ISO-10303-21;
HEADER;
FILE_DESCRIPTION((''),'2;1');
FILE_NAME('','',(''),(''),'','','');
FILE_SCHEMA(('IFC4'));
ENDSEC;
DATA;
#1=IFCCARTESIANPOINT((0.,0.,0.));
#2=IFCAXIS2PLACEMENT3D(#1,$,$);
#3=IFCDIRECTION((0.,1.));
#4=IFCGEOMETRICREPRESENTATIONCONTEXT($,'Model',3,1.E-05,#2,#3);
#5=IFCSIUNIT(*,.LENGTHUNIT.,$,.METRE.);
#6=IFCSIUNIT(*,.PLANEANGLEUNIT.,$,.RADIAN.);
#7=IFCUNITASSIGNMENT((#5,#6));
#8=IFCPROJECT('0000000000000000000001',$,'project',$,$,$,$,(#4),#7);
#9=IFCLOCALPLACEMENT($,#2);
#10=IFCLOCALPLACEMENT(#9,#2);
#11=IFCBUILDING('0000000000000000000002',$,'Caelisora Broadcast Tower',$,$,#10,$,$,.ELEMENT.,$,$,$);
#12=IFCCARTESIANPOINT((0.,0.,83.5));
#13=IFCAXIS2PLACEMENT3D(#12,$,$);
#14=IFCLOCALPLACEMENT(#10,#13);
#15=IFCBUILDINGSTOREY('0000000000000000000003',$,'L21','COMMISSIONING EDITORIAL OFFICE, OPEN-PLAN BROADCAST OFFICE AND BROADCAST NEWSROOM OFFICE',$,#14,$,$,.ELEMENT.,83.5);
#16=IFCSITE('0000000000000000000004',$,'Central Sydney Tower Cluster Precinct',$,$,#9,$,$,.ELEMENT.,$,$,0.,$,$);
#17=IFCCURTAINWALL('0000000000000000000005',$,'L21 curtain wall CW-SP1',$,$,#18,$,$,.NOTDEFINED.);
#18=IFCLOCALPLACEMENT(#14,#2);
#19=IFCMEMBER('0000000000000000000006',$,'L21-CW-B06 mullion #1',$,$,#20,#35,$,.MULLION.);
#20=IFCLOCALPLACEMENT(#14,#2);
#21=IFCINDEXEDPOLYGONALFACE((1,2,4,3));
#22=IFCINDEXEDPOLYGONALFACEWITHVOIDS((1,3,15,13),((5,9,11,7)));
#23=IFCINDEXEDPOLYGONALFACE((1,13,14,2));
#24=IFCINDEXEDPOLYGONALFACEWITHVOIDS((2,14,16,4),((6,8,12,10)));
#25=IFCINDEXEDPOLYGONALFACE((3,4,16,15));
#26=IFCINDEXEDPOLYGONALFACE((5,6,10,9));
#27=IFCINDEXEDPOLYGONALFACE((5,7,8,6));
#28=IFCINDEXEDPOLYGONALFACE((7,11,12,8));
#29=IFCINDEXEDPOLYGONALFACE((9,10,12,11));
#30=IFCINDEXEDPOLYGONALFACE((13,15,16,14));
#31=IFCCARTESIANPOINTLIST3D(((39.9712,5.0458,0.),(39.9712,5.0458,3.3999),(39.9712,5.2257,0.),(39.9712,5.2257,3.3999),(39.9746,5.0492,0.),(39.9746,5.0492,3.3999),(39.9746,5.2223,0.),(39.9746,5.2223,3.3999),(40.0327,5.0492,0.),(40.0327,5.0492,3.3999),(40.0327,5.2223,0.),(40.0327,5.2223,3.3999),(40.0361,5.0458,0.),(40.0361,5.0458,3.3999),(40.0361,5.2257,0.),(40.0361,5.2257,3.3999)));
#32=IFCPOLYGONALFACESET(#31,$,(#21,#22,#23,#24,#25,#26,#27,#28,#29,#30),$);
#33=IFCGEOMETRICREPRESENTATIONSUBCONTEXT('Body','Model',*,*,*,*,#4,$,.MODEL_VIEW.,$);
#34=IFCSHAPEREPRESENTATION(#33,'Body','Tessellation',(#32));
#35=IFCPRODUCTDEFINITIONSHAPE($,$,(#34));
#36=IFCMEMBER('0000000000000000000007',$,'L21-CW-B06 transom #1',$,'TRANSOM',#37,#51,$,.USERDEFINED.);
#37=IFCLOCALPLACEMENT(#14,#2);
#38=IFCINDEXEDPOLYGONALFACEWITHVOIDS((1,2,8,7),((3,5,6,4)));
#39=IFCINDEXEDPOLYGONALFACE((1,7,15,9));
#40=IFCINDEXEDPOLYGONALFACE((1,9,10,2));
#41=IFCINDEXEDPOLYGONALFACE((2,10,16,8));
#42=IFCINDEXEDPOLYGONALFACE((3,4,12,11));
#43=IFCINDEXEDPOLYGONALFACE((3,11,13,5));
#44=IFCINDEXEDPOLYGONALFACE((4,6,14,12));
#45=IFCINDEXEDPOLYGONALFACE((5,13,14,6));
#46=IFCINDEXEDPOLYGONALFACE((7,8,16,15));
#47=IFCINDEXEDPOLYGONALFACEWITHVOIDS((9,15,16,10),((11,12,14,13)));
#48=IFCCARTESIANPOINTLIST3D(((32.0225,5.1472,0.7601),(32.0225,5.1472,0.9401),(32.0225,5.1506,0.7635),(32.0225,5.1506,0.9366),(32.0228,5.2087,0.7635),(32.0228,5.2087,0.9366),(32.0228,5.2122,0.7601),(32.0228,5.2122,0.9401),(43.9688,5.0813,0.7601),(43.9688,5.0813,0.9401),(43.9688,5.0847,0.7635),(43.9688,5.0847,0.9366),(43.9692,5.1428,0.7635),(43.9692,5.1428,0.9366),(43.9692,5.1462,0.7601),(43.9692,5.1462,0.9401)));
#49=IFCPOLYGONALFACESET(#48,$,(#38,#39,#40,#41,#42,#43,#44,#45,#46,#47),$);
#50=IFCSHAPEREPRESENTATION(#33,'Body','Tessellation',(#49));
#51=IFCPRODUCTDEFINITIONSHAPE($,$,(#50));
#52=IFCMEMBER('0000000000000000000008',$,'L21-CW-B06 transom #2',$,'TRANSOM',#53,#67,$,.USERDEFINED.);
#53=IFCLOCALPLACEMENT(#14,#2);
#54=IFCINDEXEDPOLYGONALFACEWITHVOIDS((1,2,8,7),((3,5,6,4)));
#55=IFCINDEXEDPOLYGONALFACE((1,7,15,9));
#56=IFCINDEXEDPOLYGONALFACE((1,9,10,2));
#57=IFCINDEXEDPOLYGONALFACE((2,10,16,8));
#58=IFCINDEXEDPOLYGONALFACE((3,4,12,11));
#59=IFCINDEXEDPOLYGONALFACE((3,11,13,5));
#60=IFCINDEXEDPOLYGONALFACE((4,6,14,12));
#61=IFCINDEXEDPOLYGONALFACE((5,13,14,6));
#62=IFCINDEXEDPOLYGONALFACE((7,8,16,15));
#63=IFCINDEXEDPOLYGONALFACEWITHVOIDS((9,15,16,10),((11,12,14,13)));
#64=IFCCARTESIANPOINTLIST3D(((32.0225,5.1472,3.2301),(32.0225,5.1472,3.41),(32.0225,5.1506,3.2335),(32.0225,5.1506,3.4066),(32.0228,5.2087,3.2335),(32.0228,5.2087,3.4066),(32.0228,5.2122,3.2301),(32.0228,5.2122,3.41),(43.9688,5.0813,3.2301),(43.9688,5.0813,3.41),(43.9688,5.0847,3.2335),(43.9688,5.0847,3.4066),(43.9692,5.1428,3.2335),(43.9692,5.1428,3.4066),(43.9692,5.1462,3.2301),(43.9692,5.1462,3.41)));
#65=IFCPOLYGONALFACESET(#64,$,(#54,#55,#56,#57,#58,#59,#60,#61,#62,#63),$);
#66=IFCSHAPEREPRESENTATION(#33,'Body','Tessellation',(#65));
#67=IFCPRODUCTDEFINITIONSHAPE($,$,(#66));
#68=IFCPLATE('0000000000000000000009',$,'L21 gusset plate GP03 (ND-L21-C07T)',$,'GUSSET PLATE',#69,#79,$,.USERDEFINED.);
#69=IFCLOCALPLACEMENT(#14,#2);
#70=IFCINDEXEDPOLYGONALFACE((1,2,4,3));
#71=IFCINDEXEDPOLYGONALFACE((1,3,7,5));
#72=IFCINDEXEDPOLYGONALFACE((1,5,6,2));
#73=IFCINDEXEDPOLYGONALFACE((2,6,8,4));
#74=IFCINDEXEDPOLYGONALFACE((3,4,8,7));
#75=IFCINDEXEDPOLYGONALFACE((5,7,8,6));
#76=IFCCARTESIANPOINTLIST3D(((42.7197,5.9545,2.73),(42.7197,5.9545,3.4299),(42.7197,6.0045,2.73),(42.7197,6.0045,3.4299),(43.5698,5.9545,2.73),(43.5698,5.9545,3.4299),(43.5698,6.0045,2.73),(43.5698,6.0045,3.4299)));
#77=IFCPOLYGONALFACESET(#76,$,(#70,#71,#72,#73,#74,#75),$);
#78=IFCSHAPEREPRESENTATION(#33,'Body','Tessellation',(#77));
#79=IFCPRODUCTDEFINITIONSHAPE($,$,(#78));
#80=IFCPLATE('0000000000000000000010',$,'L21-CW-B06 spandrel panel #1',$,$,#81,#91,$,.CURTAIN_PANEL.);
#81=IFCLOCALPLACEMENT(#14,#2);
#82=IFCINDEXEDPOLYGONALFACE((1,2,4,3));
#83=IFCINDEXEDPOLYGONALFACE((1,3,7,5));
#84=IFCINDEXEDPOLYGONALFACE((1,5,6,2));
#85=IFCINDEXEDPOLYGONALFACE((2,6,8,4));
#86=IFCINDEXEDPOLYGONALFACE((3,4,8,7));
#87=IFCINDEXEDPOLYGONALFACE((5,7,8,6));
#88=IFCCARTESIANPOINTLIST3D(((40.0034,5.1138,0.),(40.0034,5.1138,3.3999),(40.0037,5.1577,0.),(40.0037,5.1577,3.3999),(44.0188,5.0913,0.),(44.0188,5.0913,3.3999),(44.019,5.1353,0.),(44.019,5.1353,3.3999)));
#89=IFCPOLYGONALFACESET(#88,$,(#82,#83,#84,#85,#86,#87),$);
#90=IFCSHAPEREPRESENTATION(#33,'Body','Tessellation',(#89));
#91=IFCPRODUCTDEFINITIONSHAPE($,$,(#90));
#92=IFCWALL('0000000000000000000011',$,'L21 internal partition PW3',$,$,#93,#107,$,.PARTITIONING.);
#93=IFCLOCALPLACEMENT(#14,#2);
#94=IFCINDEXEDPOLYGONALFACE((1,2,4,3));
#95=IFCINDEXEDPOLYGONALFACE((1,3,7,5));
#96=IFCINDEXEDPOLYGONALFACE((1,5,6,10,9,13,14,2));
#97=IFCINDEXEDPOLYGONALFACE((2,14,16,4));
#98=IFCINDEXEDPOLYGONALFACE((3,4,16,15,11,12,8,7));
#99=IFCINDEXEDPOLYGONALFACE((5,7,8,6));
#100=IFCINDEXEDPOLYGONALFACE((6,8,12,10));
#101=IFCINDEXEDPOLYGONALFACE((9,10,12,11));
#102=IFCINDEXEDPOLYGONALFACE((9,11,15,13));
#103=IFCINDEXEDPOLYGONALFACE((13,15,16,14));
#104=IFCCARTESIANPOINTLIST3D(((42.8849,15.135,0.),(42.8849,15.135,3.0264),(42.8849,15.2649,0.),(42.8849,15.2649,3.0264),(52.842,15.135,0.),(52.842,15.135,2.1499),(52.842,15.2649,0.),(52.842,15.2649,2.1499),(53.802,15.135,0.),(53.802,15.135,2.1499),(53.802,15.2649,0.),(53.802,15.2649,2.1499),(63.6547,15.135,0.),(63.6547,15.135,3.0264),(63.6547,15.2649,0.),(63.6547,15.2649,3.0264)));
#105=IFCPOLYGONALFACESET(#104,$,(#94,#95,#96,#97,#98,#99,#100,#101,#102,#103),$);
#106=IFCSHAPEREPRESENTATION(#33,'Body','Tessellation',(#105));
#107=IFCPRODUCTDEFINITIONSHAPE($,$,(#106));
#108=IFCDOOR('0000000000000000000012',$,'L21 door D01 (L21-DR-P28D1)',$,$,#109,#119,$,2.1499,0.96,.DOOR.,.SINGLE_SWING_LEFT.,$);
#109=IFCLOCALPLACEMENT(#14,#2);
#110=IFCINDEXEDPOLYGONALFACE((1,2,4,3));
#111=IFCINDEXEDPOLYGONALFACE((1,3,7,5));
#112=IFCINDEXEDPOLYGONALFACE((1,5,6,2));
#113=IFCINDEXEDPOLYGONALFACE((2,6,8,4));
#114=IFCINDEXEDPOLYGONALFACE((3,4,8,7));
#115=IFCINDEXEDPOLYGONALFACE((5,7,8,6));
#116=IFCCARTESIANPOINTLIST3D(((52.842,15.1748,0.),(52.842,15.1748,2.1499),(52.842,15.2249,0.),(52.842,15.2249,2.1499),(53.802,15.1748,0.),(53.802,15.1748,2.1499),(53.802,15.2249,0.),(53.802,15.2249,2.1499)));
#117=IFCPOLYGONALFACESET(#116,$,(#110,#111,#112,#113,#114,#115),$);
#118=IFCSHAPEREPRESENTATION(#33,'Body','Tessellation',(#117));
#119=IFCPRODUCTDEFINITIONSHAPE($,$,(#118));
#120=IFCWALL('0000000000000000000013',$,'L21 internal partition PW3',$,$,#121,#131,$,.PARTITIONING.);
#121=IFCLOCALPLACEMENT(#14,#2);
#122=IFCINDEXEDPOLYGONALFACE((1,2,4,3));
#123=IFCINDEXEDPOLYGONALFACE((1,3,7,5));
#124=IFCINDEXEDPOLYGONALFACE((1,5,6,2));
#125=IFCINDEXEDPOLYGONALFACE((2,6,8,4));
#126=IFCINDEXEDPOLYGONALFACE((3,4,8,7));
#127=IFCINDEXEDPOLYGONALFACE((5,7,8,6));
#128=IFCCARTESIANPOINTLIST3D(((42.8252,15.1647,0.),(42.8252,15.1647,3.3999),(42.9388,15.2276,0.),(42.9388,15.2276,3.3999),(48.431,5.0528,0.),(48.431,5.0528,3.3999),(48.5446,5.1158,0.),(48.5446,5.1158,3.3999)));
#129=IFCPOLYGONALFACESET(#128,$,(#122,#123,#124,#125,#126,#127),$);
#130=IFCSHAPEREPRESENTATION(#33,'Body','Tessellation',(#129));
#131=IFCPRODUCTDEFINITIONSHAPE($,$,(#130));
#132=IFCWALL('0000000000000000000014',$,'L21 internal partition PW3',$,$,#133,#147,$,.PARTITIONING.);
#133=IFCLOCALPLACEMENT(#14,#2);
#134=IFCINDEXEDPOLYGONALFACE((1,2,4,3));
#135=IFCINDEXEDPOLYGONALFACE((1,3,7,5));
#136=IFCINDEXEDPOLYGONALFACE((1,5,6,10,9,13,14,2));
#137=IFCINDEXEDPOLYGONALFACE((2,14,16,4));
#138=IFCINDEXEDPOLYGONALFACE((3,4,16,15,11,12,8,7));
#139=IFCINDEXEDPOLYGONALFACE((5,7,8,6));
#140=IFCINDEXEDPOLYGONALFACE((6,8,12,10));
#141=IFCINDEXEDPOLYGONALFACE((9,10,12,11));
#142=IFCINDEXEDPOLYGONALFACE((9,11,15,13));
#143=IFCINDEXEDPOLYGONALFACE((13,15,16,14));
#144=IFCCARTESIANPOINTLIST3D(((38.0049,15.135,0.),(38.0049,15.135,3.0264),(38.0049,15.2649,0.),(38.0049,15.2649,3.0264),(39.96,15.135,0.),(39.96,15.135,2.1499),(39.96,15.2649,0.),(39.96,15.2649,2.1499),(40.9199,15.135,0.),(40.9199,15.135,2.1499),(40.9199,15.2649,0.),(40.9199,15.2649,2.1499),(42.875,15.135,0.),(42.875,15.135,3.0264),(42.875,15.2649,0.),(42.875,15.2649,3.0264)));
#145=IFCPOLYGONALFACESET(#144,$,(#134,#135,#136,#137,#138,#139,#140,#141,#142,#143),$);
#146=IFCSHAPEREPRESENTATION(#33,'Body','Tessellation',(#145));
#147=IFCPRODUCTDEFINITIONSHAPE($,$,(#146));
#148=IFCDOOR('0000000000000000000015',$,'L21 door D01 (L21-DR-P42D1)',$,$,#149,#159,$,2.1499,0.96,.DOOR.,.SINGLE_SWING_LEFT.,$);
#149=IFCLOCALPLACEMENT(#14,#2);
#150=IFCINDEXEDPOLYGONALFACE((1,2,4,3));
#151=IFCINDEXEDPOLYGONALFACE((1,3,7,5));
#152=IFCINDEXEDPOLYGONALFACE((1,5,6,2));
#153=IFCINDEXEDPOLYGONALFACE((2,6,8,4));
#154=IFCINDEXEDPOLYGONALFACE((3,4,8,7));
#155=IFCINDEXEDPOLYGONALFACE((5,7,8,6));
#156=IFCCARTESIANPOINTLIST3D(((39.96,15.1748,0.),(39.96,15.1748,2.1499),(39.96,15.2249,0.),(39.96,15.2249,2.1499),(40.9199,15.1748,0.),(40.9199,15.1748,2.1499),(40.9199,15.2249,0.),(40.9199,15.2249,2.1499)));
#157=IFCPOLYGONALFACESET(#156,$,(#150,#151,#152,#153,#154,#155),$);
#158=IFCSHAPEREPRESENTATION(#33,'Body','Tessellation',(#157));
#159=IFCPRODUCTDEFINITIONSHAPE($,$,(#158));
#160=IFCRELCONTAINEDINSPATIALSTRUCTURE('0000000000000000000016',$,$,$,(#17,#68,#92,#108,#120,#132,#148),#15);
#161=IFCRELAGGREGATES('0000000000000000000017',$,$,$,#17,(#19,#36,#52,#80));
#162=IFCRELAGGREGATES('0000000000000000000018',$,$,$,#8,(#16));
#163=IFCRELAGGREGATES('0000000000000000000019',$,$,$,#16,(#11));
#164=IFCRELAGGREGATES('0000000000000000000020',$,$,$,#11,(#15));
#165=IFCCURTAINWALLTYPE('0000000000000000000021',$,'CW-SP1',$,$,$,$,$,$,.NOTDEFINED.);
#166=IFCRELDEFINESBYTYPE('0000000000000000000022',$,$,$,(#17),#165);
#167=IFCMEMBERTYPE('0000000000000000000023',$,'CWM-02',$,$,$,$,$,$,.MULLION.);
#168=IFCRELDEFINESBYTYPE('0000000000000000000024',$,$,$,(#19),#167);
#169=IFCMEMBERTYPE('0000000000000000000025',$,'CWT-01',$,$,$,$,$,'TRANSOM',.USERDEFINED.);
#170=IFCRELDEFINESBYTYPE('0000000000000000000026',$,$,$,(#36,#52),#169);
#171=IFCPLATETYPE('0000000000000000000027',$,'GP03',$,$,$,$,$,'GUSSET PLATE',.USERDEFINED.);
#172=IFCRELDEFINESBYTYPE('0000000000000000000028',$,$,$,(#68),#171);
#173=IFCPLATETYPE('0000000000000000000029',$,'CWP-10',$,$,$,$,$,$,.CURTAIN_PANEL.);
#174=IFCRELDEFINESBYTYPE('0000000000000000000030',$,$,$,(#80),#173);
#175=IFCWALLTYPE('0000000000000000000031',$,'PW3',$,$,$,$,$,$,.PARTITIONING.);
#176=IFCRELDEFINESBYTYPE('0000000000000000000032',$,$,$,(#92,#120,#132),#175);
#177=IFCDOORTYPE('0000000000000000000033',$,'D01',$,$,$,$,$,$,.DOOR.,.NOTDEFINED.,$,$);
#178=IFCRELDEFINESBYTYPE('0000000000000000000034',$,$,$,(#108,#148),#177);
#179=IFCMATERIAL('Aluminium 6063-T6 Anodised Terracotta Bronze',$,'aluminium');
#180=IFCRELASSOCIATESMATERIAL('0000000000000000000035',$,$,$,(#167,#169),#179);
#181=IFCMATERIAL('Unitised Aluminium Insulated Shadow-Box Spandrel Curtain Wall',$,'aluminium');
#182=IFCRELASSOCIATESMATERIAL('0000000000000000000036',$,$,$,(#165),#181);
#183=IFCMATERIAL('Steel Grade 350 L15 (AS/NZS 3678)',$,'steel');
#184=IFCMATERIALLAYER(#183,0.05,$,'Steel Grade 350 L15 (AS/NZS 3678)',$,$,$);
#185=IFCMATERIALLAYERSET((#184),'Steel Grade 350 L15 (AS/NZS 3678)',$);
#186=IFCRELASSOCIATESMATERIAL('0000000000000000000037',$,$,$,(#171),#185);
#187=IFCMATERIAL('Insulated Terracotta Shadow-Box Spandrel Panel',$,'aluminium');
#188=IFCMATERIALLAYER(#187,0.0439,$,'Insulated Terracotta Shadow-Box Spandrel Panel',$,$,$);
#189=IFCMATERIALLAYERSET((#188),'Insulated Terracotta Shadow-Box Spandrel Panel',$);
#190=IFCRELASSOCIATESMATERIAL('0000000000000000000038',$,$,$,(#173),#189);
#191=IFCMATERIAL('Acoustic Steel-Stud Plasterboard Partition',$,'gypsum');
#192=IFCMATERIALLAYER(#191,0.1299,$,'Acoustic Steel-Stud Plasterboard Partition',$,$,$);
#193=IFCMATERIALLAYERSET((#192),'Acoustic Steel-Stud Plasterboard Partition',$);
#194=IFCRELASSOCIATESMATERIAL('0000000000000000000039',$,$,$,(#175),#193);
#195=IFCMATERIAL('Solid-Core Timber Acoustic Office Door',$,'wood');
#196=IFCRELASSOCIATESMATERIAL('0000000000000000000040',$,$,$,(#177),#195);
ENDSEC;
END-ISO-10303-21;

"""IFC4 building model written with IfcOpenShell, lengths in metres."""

from ifc_helpers import new_model, si_unit, direction, frame, frame_2d, origin, origin_2d, place, context, subcontext, project, spatial, rectangle, hollow_rectangle, extrude, source, transform, mapped, material, layer, layer_set, material_profile, profile_set, type_object, type_shapes, element, fill, aggregate, save


model = new_model("IFC4")

# Units and contexts
model_context = context("Model", 3, precision=1e-05, world=origin(), true_north=direction((0.0, 1.0)))
body_context = subcontext(model_context, "Body", "Model", "MODEL_VIEW")
ifc_project = project(units=[si_unit("LENGTHUNIT", "METRE"), si_unit("PLANEANGLEUNIT", "RADIAN")], contexts=[model_context])

# Site, building, storey
site_placement = place(None, origin())
site = spatial("IfcSite", under=ifc_project, at=site_placement, Name="Central Sydney Tower Cluster Precinct", CompositionType="ELEMENT", RefElevation=0.0)
building_placement = place(site_placement, origin())
building = spatial("IfcBuilding", under=site, at=building_placement, Name="Caelisora Broadcast Tower", CompositionType="ELEMENT")
storey_placement = place(building_placement, frame((0.0, 0.0, 83.5)))
storey = spatial("IfcBuildingStorey", under=building, at=storey_placement, Name="L21", Description="COMMISSIONING EDITORIAL OFFICE, OPEN-PLAN BROADCAST OFFICE AND BROADCAST NEWSROOM OFFICE", CompositionType="ELEMENT", Elevation=83.5)

# Shared definitions
ifc_material_1 = material(Name="Steel Grade 350 L15 (AS/NZS 3678)", Category="steel")

# Shared definitions
ifc_material_2 = material(Name="Aluminium 6063-T6 Anodised Terracotta Bronze", Category="aluminium")
ifc_material_profile_1 = material_profile(ifc_material_2, hollow_rectangle(XDim=0.0649, YDim=0.1799, WallThickness=0.0034, at=origin_2d()), Name="Aluminium 6063-T6 Anodised Terracotta Bronze")
ifc_profile_set_1 = profile_set([ifc_material_profile_1], Name="Aluminium 6063-T6 Anodised Terracotta Bronze")
member_type_1 = type_object("IfcMemberType", Name="CWM-02", PredefinedType="MULLION", material=ifc_profile_set_1)
shared_shape_1 = source(origin(), body_context, "Body", "SweptSolid", [
    extrude(hollow_rectangle(XDim=0.0649, YDim=0.1799, WallThickness=0.0034, at=origin_2d()), origin(), (0.0, 0.0, 1.0), 3.3999),
])
type_shapes(member_type_1, [shared_shape_1])

# Curtain wall, members
ifc_material_3 = material(Name="Unitised Aluminium Insulated Shadow-Box Spandrel Curtain Wall", Category="aluminium")
curtain_wall_type_1 = type_object("IfcCurtainWallType", Name="CW-SP1", PredefinedType="NOTDEFINED", material=ifc_material_3)
curtain_wall_1_placement = place(storey_placement, origin())
curtain_wall_1 = element("IfcCurtainWall", 1, at=curtain_wall_1_placement, inside=storey, type_object=curtain_wall_type_1, Name="L21 curtain wall CW-SP1", PredefinedType="NOTDEFINED")
member_1_placement = place(storey_placement, frame((40.0037, 5.1357, 0.0), z_axis=(0.0, 0.0, 1.0), x_axis=(1.0, 0.0, 0.0)))
member_1 = element("IfcMember", 2, at=member_1_placement, type_object=member_type_1, Name="L21-CW-B06 mullion #1", PredefinedType="MULLION", context=body_context, shape_type="MappedRepresentation", body=[
    mapped(shared_shape_1, transform((0.0, 0.0, 0.0), scale=1.0)),
])
ifc_material_profile_2 = material_profile(ifc_material_2, hollow_rectangle(XDim=0.0649, YDim=0.1799, WallThickness=0.0034, at=origin_2d()), Name="Aluminium 6063-T6 Anodised Terracotta Bronze")
ifc_profile_set_2 = profile_set([ifc_material_profile_2], Name="Aluminium 6063-T6 Anodised Terracotta Bronze")
member_type_2 = type_object("IfcMemberType", Name="CWT-01", ElementType="TRANSOM", PredefinedType="USERDEFINED", material=ifc_profile_set_2)
shared_shape_2 = source(origin(), body_context, "Body", "SweptSolid", [
    extrude(hollow_rectangle(XDim=0.0649, YDim=0.1799, WallThickness=0.0034, at=origin_2d()), origin(), (0.0, 0.0, 1.0), 11.9465),
])
type_shapes(member_type_2, [shared_shape_2])
member_2_placement = place(storey_placement, frame((43.969, 5.1138, 0.8501), z_axis=(-0.999985, 0.005518, 0.0), x_axis=(-0.005518, -0.999985, 0.0)))
member_2 = element("IfcMember", 3, at=member_2_placement, type_object=member_type_2, Name="L21-CW-B06 transom #1", ObjectType="TRANSOM", PredefinedType="USERDEFINED", context=body_context, shape_type="MappedRepresentation", body=[
    mapped(shared_shape_2, transform((0.0, 0.0, 0.0), scale=1.0)),
])
member_3_placement = place(storey_placement, frame((43.969, 5.1138, 3.3201), z_axis=(-0.999985, 0.005518, 0.0), x_axis=(-0.005518, -0.999985, 0.0)))
member_3 = element("IfcMember", 4, at=member_3_placement, type_object=member_type_2, Name="L21-CW-B06 transom #2", ObjectType="TRANSOM", PredefinedType="USERDEFINED", context=body_context, shape_type="MappedRepresentation", body=[
    mapped(shared_shape_2, transform((0.0, 0.0, 0.0), scale=1.0)),
])

# Plates
ifc_layer_1 = layer(ifc_material_1, 0.05, Name="Steel Grade 350 L15 (AS/NZS 3678)")
ifc_layer_set_1 = layer_set([ifc_layer_1], Name="Steel Grade 350 L15 (AS/NZS 3678)")
plate_type_1 = type_object("IfcPlateType", Name="GP03", ElementType="GUSSET PLATE", PredefinedType="USERDEFINED", material=ifc_layer_set_1)
shared_shape_3 = source(origin(), body_context, "Body", "SweptSolid", [
    extrude(rectangle(XDim=0.8501, YDim=0.05, at=origin_2d()), origin(), (0.0, 0.0, 1.0), 0.7),
])
type_shapes(plate_type_1, [shared_shape_3])
plate_1_placement = place(storey_placement, frame((43.1448, 5.9795, 2.73), z_axis=(0.0, 0.0, 1.0), x_axis=(1.0, 0.0, 0.0)))
element("IfcPlate", 5, at=plate_1_placement, inside=storey, type_object=plate_type_1, Name="L21 gusset plate GP03 (ND-L21-C07T)", ObjectType="GUSSET PLATE", PredefinedType="USERDEFINED", context=body_context, shape_type="MappedRepresentation", body=[
    mapped(shared_shape_3, transform((0.0, 0.0, 0.0), scale=1.0)),
])
ifc_material_4 = material(Name="Insulated Terracotta Shadow-Box Spandrel Panel", Category="aluminium")
ifc_layer_2 = layer(ifc_material_4, 0.0439, Name="Insulated Terracotta Shadow-Box Spandrel Panel")
ifc_layer_set_2 = layer_set([ifc_layer_2], Name="Insulated Terracotta Shadow-Box Spandrel Panel")
plate_type_2 = type_object("IfcPlateType", Name="CWP-10", PredefinedType="CURTAIN_PANEL", material=ifc_layer_set_2)
shared_shape_4 = source(origin(), body_context, "Body", "SweptSolid", [
    extrude(rectangle(XDim=4.0154, YDim=0.0439, at=origin_2d()), origin(), (0.0, 0.0, 1.0), 3.3999),
])
type_shapes(plate_type_2, [shared_shape_4])
plate_2_placement = place(storey_placement, frame((42.0112, 5.1245, 0.0), z_axis=(0.0, 0.0, 1.0), x_axis=(-0.999984, 0.005585, 0.0)))
plate_2 = element("IfcPlate", 6, at=plate_2_placement, type_object=plate_type_2, Name="L21-CW-B06 spandrel panel #1", PredefinedType="CURTAIN_PANEL", context=body_context, shape_type="MappedRepresentation", body=[
    mapped(shared_shape_4, transform((0.0, 0.0, 0.0), scale=1.0)),
])
aggregate(curtain_wall_1, [member_1, member_2, member_3, plate_2])

# Wall, opening, door
ifc_material_5 = material(Name="Acoustic Steel-Stud Plasterboard Partition", Category="gypsum")
ifc_layer_3 = layer(ifc_material_5, 0.1299, Name="Acoustic Steel-Stud Plasterboard Partition")
ifc_layer_set_3 = layer_set([ifc_layer_3], Name="Acoustic Steel-Stud Plasterboard Partition")
wall_type = type_object("IfcWallType", Name="PW3", PredefinedType="PARTITIONING", material=ifc_layer_set_3)
wall_1_placement = place(storey_placement, frame((42.885, 15.2, 0.0), z_axis=(0.0, 0.0, 1.0), x_axis=(1.0, 0.0, 0.0)))
wall_1 = element("IfcWall", 7, at=wall_1_placement, inside=storey, type_object=wall_type, Name="L21 internal partition PW3", PredefinedType="PARTITIONING", context=body_context, shape_type="SweptSolid", body=[
    extrude(rectangle(XDim=20.7698, YDim=0.1299, at=frame_2d((10.3848, 0.0))), origin(), (0.0, 0.0, 1.0), 3.0264),
])
opening_1_placement = place(wall_1_placement, frame((9.957, 0.0, 0.0)))
opening_1 = element("IfcOpeningElement", 8, at=opening_1_placement, cuts=wall_1, PredefinedType="OPENING", context=body_context, shape_type="SweptSolid", body=[
    extrude(rectangle(XDim=0.96, YDim=2.1499, at=frame_2d((0.48, 1.075))), frame((0.0, 0.0769, 0.0), z_axis=(0.0, -1.0, 0.0), x_axis=(1.0, 0.0, 0.0)), (0.0, 0.0, 1.0), 0.1538),
])
ifc_material_6 = material(Name="Solid-Core Timber Acoustic Office Door", Category="wood")
door_type = type_object("IfcDoorType", Name="D01", OperationType="NOTDEFINED", PredefinedType="DOOR", material=ifc_material_6)
door_1_placement = place(opening_1_placement, origin())
door_1 = element("IfcDoor", 9, at=door_1_placement, inside=storey, type_object=door_type, Name="L21 door D01 (L21-DR-P28D1)", OperationType="SINGLE_SWING_LEFT", OverallHeight=2.1499, OverallWidth=0.96, PredefinedType="DOOR", context=body_context, shape_type="SweptSolid", body=[
    extrude(rectangle(XDim=0.96, YDim=2.1499, at=frame_2d((0.48, 1.075))), frame((0.0, 0.0249, 0.0), z_axis=(0.0, -1.0, 0.0), x_axis=(1.0, 0.0, 0.0)), (0.0, 0.0, 1.0), 0.05),
])
fill(opening_1, door_1)

# Wall
wall_2_placement = place(storey_placement, frame((42.8821, 15.196, 0.0), z_axis=(0.0, 0.0, 1.0), x_axis=(0.484852, -0.874596, 0.0)))
element("IfcWall", 10, at=wall_2_placement, inside=storey, type_object=wall_type, Name="L21 internal partition PW3", PredefinedType="PARTITIONING", context=body_context, shape_type="SweptSolid", body=[
    extrude(rectangle(XDim=11.5618, YDim=0.1299, at=frame_2d((5.7808, 0.0))), origin(), (0.0, 0.0, 1.0), 3.3999),
])

# Wall, opening, door
wall_3_placement = place(storey_placement, frame((38.0049, 15.2, 0.0), z_axis=(0.0, 0.0, 1.0), x_axis=(1.0, 0.0, 0.0)))
wall_3 = element("IfcWall", 11, at=wall_3_placement, inside=storey, type_object=wall_type, Name="L21 internal partition PW3", PredefinedType="PARTITIONING", context=body_context, shape_type="SweptSolid", body=[
    extrude(rectangle(XDim=4.8701, YDim=0.1299, at=frame_2d((2.4351, 0.0))), origin(), (0.0, 0.0, 1.0), 3.0264),
])
opening_2_placement = place(wall_3_placement, frame((1.9551, 0.0, 0.0)))
opening_2 = element("IfcOpeningElement", 12, at=opening_2_placement, cuts=wall_3, PredefinedType="OPENING", context=body_context, shape_type="SweptSolid", body=[
    extrude(rectangle(XDim=0.96, YDim=2.1499, at=frame_2d((0.48, 1.075))), frame((0.0, 0.0769, 0.0), z_axis=(0.0, -1.0, 0.0), x_axis=(1.0, 0.0, 0.0)), (0.0, 0.0, 1.0), 0.1538),
])
door_2_placement = place(opening_2_placement, origin())
door_2 = element("IfcDoor", 13, at=door_2_placement, inside=storey, type_object=door_type, Name="L21 door D01 (L21-DR-P42D1)", OperationType="SINGLE_SWING_LEFT", OverallHeight=2.1499, OverallWidth=0.96, PredefinedType="DOOR", context=body_context, shape_type="SweptSolid", body=[
    extrude(rectangle(XDim=0.96, YDim=2.1499, at=frame_2d((0.48, 1.075))), frame((0.0, 0.0249, 0.0), z_axis=(0.0, -1.0, 0.0), x_axis=(1.0, 0.0, 0.0)), (0.0, 0.0, 1.0), 0.05),
])
fill(opening_2, door_2)

save(model, "model.ifc")
